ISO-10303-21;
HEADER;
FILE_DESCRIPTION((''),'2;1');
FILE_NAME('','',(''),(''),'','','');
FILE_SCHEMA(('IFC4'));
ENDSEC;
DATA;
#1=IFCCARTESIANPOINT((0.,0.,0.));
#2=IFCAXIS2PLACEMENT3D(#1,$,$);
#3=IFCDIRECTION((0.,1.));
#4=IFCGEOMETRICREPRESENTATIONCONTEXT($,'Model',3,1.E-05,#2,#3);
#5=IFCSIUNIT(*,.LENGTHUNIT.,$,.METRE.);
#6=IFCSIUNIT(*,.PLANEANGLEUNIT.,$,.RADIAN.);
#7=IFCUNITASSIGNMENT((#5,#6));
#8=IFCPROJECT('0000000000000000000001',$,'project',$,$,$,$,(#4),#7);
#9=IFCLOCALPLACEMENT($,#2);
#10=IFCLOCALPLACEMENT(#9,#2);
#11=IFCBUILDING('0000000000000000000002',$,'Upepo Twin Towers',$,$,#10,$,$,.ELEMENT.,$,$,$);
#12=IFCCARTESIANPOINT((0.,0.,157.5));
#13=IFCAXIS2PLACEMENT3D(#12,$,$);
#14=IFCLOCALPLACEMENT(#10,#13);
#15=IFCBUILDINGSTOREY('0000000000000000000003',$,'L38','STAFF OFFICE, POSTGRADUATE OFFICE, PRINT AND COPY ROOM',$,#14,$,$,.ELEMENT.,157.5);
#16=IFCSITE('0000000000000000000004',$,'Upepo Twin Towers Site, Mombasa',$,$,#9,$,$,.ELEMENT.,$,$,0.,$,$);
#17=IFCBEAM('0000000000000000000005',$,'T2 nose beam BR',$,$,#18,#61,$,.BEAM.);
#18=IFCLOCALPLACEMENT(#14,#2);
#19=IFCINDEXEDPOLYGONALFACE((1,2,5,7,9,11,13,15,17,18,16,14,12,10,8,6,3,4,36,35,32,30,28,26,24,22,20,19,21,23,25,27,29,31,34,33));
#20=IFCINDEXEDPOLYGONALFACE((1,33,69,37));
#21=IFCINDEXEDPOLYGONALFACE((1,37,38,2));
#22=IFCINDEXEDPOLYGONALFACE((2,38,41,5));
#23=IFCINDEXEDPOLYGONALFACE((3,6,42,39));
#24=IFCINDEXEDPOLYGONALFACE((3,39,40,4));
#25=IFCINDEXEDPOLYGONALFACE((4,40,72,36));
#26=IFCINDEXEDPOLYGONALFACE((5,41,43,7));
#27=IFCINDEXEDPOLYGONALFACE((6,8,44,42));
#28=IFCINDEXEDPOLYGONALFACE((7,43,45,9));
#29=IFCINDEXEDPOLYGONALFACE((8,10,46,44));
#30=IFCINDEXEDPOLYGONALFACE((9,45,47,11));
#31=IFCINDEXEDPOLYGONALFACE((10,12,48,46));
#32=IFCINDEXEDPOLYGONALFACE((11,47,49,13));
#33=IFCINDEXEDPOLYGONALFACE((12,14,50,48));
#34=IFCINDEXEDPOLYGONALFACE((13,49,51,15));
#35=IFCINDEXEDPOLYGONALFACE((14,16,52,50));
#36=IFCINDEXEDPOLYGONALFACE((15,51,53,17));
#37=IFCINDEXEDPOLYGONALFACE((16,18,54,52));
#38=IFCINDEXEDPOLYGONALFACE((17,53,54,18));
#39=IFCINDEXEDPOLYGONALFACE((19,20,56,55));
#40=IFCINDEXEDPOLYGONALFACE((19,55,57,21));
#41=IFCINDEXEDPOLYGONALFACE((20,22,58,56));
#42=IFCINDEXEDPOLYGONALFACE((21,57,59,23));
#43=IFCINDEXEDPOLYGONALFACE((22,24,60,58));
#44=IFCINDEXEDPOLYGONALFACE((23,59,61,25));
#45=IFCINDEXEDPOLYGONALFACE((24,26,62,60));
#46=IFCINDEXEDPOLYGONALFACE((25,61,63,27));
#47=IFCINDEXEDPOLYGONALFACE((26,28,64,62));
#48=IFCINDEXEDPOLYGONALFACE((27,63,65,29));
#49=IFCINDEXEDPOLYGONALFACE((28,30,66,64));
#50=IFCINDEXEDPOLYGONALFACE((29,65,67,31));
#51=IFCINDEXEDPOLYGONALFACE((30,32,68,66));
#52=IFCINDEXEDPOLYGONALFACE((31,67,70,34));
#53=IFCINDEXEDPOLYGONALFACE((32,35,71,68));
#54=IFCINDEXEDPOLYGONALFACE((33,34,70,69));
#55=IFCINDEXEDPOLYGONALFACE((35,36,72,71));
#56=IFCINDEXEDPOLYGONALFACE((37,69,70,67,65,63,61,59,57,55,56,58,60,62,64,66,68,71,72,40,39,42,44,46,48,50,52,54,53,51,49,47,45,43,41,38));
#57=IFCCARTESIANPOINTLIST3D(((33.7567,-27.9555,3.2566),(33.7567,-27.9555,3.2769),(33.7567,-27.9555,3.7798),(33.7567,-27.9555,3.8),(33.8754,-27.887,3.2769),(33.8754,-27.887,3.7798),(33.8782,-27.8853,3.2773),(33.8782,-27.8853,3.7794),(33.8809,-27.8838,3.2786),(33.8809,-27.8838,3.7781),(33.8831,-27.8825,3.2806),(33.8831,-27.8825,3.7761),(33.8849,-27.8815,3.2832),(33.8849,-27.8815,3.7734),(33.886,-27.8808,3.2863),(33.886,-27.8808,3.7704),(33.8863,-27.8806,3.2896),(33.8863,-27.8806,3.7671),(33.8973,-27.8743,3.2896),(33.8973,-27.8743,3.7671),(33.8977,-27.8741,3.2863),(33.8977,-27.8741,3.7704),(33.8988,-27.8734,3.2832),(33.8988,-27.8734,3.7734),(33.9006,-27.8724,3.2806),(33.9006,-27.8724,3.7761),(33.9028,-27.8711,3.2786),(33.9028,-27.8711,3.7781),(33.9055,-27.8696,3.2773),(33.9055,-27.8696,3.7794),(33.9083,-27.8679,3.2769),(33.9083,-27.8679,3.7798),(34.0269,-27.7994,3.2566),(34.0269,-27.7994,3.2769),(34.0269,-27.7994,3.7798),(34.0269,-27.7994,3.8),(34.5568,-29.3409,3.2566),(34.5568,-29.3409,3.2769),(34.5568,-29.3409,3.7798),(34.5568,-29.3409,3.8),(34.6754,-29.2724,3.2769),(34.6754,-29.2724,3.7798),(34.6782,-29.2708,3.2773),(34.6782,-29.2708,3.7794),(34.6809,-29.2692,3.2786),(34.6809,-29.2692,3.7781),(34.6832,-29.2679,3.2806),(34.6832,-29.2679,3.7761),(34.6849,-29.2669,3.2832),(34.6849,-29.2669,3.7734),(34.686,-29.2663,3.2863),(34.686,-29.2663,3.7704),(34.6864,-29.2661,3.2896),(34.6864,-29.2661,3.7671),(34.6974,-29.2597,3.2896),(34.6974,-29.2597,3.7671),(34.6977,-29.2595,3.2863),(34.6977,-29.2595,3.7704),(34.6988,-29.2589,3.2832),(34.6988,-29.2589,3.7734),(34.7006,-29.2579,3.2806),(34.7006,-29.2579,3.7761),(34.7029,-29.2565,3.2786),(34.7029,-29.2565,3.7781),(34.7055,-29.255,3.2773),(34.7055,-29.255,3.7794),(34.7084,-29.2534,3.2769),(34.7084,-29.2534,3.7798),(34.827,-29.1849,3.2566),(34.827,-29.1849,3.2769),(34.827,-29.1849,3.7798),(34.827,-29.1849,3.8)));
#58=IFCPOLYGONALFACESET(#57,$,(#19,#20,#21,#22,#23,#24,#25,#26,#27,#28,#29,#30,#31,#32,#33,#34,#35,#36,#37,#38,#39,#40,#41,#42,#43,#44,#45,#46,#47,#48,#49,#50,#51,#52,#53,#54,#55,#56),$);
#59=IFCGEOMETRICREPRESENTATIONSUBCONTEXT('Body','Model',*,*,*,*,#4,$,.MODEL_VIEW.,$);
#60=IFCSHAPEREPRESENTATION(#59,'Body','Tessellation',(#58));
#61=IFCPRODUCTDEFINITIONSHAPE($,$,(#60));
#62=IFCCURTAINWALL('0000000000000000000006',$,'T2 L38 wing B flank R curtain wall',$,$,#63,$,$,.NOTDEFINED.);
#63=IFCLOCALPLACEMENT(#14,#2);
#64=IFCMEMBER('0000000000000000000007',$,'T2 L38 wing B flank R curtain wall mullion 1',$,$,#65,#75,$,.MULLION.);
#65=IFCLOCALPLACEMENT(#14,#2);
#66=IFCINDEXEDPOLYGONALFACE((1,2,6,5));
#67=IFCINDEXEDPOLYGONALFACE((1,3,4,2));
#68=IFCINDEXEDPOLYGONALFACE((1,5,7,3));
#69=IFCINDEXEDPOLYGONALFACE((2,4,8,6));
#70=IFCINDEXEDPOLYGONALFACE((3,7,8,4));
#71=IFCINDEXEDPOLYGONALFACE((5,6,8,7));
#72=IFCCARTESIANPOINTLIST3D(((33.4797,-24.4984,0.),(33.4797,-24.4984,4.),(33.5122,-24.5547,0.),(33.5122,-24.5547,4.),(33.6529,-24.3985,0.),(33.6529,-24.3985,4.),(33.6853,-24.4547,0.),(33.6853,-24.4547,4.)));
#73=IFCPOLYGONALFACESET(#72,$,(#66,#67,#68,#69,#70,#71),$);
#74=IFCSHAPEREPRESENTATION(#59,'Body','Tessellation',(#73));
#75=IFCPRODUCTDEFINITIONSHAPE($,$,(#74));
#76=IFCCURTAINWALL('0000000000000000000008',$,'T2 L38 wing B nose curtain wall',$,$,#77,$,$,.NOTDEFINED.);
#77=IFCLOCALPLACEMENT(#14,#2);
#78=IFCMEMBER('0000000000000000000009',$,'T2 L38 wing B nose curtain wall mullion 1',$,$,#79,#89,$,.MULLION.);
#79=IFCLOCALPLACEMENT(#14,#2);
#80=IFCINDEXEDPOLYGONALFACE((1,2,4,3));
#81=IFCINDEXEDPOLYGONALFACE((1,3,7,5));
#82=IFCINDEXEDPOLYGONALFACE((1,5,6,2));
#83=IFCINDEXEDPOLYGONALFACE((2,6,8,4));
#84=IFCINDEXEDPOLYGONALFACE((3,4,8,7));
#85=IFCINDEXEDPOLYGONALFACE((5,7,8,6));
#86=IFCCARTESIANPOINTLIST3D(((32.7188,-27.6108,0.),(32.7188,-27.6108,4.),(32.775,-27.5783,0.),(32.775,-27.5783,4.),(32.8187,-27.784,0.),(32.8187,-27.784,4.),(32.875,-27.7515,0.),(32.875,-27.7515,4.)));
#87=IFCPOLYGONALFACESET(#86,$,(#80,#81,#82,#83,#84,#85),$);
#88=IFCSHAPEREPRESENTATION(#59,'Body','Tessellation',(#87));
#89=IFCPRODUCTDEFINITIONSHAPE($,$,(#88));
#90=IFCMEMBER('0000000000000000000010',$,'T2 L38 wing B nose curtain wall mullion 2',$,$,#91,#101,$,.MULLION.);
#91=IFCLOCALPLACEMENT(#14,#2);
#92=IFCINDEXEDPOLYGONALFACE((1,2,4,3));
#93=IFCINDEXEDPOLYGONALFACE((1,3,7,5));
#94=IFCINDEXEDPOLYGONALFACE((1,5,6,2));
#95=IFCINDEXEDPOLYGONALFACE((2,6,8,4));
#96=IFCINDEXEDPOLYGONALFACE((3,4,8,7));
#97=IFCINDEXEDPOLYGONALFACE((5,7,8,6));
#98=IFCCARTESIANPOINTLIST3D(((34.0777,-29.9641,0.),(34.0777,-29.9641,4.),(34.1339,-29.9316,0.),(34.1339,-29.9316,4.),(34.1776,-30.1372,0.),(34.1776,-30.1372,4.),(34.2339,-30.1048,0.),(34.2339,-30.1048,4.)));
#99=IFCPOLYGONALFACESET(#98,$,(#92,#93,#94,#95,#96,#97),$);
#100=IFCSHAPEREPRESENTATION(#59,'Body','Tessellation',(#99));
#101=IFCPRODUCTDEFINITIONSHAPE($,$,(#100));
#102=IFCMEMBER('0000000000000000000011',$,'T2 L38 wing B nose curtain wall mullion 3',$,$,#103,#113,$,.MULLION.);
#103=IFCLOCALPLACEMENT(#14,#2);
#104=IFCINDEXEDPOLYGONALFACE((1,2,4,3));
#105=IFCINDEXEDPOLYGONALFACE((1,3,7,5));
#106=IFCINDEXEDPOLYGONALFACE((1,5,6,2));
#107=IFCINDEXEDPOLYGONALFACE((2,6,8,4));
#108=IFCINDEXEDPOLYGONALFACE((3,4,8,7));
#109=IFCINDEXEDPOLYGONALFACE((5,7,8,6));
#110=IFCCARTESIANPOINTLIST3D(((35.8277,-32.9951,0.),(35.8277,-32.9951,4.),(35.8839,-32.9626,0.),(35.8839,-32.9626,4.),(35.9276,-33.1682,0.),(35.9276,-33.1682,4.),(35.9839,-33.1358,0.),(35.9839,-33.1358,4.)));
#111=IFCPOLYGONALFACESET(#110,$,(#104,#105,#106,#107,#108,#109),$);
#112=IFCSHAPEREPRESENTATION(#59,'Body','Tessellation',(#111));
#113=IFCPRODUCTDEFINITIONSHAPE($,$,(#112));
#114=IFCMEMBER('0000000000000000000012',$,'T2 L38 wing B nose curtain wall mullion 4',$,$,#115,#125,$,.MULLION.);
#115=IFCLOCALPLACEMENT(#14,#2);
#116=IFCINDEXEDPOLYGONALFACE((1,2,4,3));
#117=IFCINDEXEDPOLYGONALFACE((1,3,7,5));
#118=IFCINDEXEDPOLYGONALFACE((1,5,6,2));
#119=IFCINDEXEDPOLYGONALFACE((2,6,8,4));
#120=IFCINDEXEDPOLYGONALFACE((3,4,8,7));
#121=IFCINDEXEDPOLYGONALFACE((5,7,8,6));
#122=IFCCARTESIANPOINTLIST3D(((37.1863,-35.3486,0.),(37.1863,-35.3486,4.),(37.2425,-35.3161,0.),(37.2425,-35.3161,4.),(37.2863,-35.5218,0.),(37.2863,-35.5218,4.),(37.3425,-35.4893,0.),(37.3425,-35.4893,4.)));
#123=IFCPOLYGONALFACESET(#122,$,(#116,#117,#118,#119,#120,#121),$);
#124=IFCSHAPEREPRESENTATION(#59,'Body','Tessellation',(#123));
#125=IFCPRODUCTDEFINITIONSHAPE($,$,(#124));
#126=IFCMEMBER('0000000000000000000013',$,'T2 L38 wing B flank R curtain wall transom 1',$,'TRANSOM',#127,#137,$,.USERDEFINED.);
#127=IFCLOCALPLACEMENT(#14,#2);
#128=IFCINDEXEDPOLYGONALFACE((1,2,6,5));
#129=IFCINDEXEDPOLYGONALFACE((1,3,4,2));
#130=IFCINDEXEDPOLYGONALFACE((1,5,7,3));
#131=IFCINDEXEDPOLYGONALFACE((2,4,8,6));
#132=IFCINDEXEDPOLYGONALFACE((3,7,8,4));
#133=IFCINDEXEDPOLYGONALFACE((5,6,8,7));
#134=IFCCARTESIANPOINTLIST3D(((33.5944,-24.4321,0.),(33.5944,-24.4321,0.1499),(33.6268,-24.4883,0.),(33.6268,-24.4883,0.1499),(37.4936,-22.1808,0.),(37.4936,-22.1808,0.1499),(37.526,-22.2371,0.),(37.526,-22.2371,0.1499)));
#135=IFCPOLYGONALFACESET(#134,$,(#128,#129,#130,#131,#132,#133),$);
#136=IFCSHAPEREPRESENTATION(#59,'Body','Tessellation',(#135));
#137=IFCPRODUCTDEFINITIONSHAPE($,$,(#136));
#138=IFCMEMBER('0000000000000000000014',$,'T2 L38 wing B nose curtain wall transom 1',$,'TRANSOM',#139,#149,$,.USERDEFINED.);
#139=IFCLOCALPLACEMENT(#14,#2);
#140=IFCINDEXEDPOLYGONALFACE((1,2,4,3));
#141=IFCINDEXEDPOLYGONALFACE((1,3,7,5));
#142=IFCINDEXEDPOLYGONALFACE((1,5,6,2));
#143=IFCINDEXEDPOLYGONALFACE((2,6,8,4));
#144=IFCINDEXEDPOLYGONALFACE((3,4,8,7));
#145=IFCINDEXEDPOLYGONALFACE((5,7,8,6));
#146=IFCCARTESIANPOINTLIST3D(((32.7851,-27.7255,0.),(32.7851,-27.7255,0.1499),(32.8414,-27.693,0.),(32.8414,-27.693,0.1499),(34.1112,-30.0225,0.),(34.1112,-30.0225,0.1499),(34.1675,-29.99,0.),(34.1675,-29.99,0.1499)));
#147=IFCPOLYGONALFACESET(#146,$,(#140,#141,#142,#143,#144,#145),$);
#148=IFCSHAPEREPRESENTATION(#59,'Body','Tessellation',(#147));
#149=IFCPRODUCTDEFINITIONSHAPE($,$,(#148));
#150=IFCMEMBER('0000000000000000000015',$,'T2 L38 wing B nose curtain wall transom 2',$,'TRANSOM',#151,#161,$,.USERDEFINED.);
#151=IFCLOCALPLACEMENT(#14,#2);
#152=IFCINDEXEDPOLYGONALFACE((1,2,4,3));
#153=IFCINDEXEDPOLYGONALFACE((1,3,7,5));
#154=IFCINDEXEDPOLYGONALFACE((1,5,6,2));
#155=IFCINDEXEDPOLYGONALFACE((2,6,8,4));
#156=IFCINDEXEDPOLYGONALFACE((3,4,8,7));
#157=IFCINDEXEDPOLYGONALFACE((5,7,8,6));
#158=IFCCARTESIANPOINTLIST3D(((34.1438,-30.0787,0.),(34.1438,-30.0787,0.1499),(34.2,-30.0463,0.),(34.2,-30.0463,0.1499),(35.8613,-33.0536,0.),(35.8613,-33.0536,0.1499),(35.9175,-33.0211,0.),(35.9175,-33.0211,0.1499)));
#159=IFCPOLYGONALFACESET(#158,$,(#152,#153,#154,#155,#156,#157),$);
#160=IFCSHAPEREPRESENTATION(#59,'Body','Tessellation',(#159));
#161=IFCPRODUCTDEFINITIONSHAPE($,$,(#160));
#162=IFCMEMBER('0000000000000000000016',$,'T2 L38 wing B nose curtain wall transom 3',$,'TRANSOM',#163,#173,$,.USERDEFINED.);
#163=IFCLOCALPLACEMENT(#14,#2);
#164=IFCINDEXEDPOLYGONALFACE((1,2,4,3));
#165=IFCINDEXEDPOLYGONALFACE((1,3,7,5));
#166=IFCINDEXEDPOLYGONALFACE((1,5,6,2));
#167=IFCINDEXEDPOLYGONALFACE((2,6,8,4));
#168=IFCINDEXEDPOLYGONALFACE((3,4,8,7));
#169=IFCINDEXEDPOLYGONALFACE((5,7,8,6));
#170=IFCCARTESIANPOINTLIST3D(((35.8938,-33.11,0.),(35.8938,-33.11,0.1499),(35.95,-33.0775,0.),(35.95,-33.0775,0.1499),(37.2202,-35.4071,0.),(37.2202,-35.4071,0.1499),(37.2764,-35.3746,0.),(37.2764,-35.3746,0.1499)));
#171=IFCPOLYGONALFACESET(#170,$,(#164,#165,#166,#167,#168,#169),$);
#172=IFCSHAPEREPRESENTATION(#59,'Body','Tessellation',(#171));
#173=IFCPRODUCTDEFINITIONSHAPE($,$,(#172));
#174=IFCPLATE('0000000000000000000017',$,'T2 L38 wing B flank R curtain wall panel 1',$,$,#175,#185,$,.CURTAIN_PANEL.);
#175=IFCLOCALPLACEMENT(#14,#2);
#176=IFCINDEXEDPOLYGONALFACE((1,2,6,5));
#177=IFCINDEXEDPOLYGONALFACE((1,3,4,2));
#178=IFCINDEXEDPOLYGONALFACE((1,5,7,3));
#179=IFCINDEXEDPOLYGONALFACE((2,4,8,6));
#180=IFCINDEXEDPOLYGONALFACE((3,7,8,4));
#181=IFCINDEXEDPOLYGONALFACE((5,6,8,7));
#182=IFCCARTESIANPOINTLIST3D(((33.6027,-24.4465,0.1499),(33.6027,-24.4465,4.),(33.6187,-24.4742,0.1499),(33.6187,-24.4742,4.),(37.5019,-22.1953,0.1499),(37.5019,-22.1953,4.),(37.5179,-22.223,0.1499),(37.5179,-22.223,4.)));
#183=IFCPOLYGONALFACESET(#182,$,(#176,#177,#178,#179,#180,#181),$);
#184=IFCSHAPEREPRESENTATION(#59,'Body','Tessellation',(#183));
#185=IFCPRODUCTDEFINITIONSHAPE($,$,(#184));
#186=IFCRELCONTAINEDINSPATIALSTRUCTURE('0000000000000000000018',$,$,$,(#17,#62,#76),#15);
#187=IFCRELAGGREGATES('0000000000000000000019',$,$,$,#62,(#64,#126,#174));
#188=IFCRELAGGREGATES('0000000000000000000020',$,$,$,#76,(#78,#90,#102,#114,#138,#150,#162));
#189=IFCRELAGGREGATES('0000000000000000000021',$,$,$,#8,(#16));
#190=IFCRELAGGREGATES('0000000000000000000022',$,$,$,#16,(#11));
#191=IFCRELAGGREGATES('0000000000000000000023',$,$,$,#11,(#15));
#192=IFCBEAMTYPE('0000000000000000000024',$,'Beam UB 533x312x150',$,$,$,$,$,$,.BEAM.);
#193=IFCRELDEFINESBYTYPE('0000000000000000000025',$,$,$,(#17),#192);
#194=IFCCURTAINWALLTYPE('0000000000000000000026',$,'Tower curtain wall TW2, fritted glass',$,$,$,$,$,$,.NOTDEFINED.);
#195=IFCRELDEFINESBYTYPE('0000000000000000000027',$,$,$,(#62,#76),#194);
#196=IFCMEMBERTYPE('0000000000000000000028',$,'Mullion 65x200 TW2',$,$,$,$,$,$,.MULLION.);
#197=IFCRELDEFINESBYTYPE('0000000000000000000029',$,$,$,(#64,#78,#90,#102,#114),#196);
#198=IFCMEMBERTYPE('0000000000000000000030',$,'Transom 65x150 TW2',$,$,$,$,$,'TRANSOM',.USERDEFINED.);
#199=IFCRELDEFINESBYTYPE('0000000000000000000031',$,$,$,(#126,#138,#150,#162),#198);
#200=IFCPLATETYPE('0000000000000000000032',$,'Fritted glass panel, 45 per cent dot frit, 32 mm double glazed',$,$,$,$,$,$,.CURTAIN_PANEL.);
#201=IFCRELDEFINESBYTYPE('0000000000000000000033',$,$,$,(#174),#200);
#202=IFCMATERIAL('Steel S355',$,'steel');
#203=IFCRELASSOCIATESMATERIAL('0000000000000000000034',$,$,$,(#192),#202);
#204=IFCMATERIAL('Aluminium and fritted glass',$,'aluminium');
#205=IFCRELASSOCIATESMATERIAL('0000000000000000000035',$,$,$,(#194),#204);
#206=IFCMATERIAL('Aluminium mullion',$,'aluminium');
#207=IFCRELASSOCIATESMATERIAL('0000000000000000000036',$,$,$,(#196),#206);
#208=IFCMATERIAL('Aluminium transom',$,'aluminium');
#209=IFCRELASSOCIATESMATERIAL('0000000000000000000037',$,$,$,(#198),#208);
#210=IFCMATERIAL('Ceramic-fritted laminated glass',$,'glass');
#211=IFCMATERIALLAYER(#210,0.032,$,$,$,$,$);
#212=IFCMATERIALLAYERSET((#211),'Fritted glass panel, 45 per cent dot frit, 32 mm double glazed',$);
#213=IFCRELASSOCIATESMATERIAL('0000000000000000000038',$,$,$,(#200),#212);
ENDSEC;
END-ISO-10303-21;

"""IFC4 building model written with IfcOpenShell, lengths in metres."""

from ifc_helpers import new_model, si_unit, direction, frame, origin, origin_2d, place, context, subcontext, project, spatial, rectangle, i_section, extrude, material, layer, layer_set, material_profile, profile_set, type_object, element, aggregate, save


model = new_model("IFC4")

# Units and contexts
model_context = context("Model", 3, precision=1e-05, world=origin(), true_north=direction((0.0, 1.0)))
body_context = subcontext(model_context, "Body", "Model", "MODEL_VIEW")
ifc_project = project(units=[si_unit("LENGTHUNIT", "METRE"), si_unit("PLANEANGLEUNIT", "RADIAN")], contexts=[model_context])

# Site, building, storey
site_placement = place(None, origin())
site = spatial("IfcSite", under=ifc_project, at=site_placement, Name="Upepo Twin Towers Site, Mombasa", CompositionType="ELEMENT", RefElevation=0.0)
building_placement = place(site_placement, origin())
building = spatial("IfcBuilding", under=site, at=building_placement, Name="Upepo Twin Towers", CompositionType="ELEMENT")
storey_placement = place(building_placement, frame((0.0, 0.0, 157.5)))
storey = spatial("IfcBuildingStorey", under=building, at=storey_placement, Name="L38", Description="STAFF OFFICE, POSTGRADUATE OFFICE, PRINT AND COPY ROOM", CompositionType="ELEMENT", Elevation=157.5)

# Beam
ifc_material_1 = material(Name="Steel S355", Category="steel")
ifc_material_profile_1 = material_profile(ifc_material_1, i_section(OverallWidth=0.312, OverallDepth=0.5435, WebThickness=0.0127, FlangeThickness=0.0203, FilletRadius=0.0127, at=origin_2d()), Name="UB 533x312x150")
ifc_profile_set_1 = profile_set([ifc_material_profile_1], Name="Steel S355")
beam_type_1 = type_object("IfcBeamType", Name="Beam UB 533x312x150", PredefinedType="BEAM", material=ifc_profile_set_1)
for number, where, z_axis, x_axis, name in (
    (1, (33.8918, -27.8774, 3.5283), (0.500061, -0.86599, 0.0), (0.86599, 0.500061, 0.0), "T2 nose beam BR"),
):
    element("IfcBeam", number, at=place(storey_placement, frame(where, z_axis=z_axis, x_axis=x_axis)), inside=storey, type_object=beam_type_1, Name=name, PredefinedType="BEAM", context=body_context, shape_type="SweptSolid", body=[
        extrude(i_section(OverallWidth=0.312, OverallDepth=0.5435, WebThickness=0.0127, FlangeThickness=0.0203, FilletRadius=0.0127, at=origin_2d()), origin(), (0.0, 0.0, 1.0), 1.5999),
    ])

# Curtain wall, member
ifc_material_2 = material(Name="Aluminium and fritted glass", Category="aluminium")
curtain_wall_type = type_object("IfcCurtainWallType", Name="Tower curtain wall TW2, fritted glass", PredefinedType="NOTDEFINED", material=ifc_material_2)
curtain_wall_1_placement = place(storey_placement, origin())
curtain_wall_1 = element("IfcCurtainWall", 2, at=curtain_wall_1_placement, inside=storey, type_object=curtain_wall_type, Name="T2 L38 wing B flank R curtain wall", PredefinedType="NOTDEFINED")
ifc_material_3 = material(Name="Aluminium mullion", Category="aluminium")
ifc_material_profile_2 = material_profile(ifc_material_3, rectangle(XDim=0.0649, YDim=0.2, at=origin_2d()), Name="MULLION 65x200")
ifc_profile_set_2 = profile_set([ifc_material_profile_2], Name="Aluminium mullion")
member_type_1 = type_object("IfcMemberType", Name="Mullion 65x200 TW2", PredefinedType="MULLION", material=ifc_profile_set_2)
member_1_placement = place(storey_placement, frame((33.5825, -24.4766, 0.0), z_axis=(0.0, 0.0, 1.0), x_axis=(-0.5, 0.866025, 0.0)))
member_1 = element("IfcMember", 3, at=member_1_placement, type_object=member_type_1, Name="T2 L38 wing B flank R curtain wall mullion 1", PredefinedType="MULLION", context=body_context, shape_type="SweptSolid", body=[
    extrude(rectangle(XDim=0.0649, YDim=0.2, at=origin_2d()), origin(), (0.0, 0.0, 1.0), 4.0),
])

# Curtain wall, members
curtain_wall_2_placement = place(storey_placement, origin())
curtain_wall_2 = element("IfcCurtainWall", 4, at=curtain_wall_2_placement, inside=storey, type_object=curtain_wall_type, Name="T2 L38 wing B nose curtain wall", PredefinedType="NOTDEFINED")
member_2_placement = place(storey_placement, frame((32.7969, -27.6812, 0.0), z_axis=(0.0, 0.0, 1.0), x_axis=(0.866025, 0.5, 0.0)))
member_2 = element("IfcMember", 5, at=member_2_placement, type_object=member_type_1, Name="T2 L38 wing B nose curtain wall mullion 1", PredefinedType="MULLION", context=body_context, shape_type="SweptSolid", body=[
    extrude(rectangle(XDim=0.0649, YDim=0.2, at=origin_2d()), origin(), (0.0, 0.0, 1.0), 4.0),
])
member_3_placement = place(storey_placement, frame((34.1558, -30.0344, 0.0), z_axis=(0.0, 0.0, 1.0), x_axis=(0.866025, 0.5, 0.0)))
member_3 = element("IfcMember", 6, at=member_3_placement, type_object=member_type_1, Name="T2 L38 wing B nose curtain wall mullion 2", PredefinedType="MULLION", context=body_context, shape_type="SweptSolid", body=[
    extrude(rectangle(XDim=0.0649, YDim=0.2, at=origin_2d()), origin(), (0.0, 0.0, 1.0), 4.0),
])
member_4_placement = place(storey_placement, frame((35.9058, -33.0654, 0.0), z_axis=(0.0, 0.0, 1.0), x_axis=(0.866025, 0.5, 0.0)))
member_4 = element("IfcMember", 7, at=member_4_placement, type_object=member_type_1, Name="T2 L38 wing B nose curtain wall mullion 3", PredefinedType="MULLION", context=body_context, shape_type="SweptSolid", body=[
    extrude(rectangle(XDim=0.0649, YDim=0.2, at=origin_2d()), origin(), (0.0, 0.0, 1.0), 4.0),
])
member_5_placement = place(storey_placement, frame((37.2644, -35.4189, 0.0), z_axis=(0.0, 0.0, 1.0), x_axis=(0.866025, 0.5, 0.0)))
member_5 = element("IfcMember", 8, at=member_5_placement, type_object=member_type_1, Name="T2 L38 wing B nose curtain wall mullion 4", PredefinedType="MULLION", context=body_context, shape_type="SweptSolid", body=[
    extrude(rectangle(XDim=0.0649, YDim=0.2, at=origin_2d()), origin(), (0.0, 0.0, 1.0), 4.0),
])

# Members
ifc_material_4 = material(Name="Aluminium transom", Category="aluminium")
ifc_material_profile_3 = material_profile(ifc_material_4, rectangle(XDim=0.0649, YDim=0.1499, at=origin_2d()), Name="TRANSOM 65x150")
ifc_profile_set_3 = profile_set([ifc_material_profile_3], Name="Aluminium transom")
member_type_2 = type_object("IfcMemberType", Name="Transom 65x150 TW2", ElementType="TRANSOM", PredefinedType="USERDEFINED", material=ifc_profile_set_3)
member_6_placement = place(storey_placement, frame((33.6106, -24.4602, 0.075), z_axis=(0.866022, 0.500006, 0.0), x_axis=(-0.500006, 0.866022, 0.0)))
member_6 = element("IfcMember", 9, at=member_6_placement, type_object=member_type_2, Name="T2 L38 wing B flank R curtain wall transom 1", ObjectType="TRANSOM", PredefinedType="USERDEFINED", context=body_context, shape_type="SweptSolid", body=[
    extrude(rectangle(XDim=0.0649, YDim=0.1499, at=origin_2d()), origin(), (0.0, 0.0, 1.0), 4.5024),
])
member_7_placement = place(storey_placement, frame((32.8132, -27.7092, 0.075), z_axis=(0.49998, -0.866037, 0.0), x_axis=(0.866037, 0.49998, 0.0)))
member_7 = element("IfcMember", 10, at=member_7_placement, type_object=member_type_2, Name="T2 L38 wing B nose curtain wall transom 1", ObjectType="TRANSOM", PredefinedType="USERDEFINED", context=body_context, shape_type="SweptSolid", body=[
    extrude(rectangle(XDim=0.0649, YDim=0.1499, at=origin_2d()), origin(), (0.0, 0.0, 1.0), 2.6523),
])
member_8_placement = place(storey_placement, frame((34.1719, -30.0625, 0.075), z_axis=(0.499999, -0.866026, 0.0), x_axis=(0.866026, 0.499999, 0.0)))
member_8 = element("IfcMember", 11, at=member_8_placement, type_object=member_type_2, Name="T2 L38 wing B nose curtain wall transom 2", ObjectType="TRANSOM", PredefinedType="USERDEFINED", context=body_context, shape_type="SweptSolid", body=[
    extrude(rectangle(XDim=0.0649, YDim=0.1499, at=origin_2d()), origin(), (0.0, 0.0, 1.0), 3.4351),
])
member_9_placement = place(storey_placement, frame((35.9219, -33.0938, 0.075), z_axis=(0.500049, -0.865997, 0.0), x_axis=(0.865997, 0.500049, 0.0)))
member_9 = element("IfcMember", 12, at=member_9_placement, type_object=member_type_2, Name="T2 L38 wing B nose curtain wall transom 3", ObjectType="TRANSOM", PredefinedType="USERDEFINED", context=body_context, shape_type="SweptSolid", body=[
    extrude(rectangle(XDim=0.0649, YDim=0.1499, at=origin_2d()), origin(), (0.0, 0.0, 1.0), 2.6526),
])

# Plate
ifc_material_5 = material(Name="Ceramic-fritted laminated glass", Category="glass")
ifc_layer_1 = layer(ifc_material_5, 0.032)
ifc_layer_set_1 = layer_set([ifc_layer_1], Name="Fritted glass panel, 45 per cent dot frit, 32 mm double glazed")
plate_type_1 = type_object("IfcPlateType", Name="Fritted glass panel, 45 per cent dot frit, 32 mm double glazed", PredefinedType="CURTAIN_PANEL", material=ifc_layer_set_1)
plate_1_placement = place(storey_placement, frame((35.5603, -23.3347, 0.1499), z_axis=(0.0, 0.0, 1.0), x_axis=(0.866025, 0.5, 0.0)))
plate_1 = element("IfcPlate", 13, at=plate_1_placement, type_object=plate_type_1, Name="T2 L38 wing B flank R curtain wall panel 1", PredefinedType="CURTAIN_PANEL", context=body_context, shape_type="SweptSolid", body=[
    extrude(rectangle(XDim=4.5024, YDim=0.032, at=origin_2d()), origin(), (0.0, 0.0, 1.0), 3.8501),
])
aggregate(curtain_wall_1, [member_1, member_6, plate_1])
aggregate(curtain_wall_2, [member_2, member_3, member_4, member_5, member_7, member_8, member_9])

save(model, "model.ifc")
